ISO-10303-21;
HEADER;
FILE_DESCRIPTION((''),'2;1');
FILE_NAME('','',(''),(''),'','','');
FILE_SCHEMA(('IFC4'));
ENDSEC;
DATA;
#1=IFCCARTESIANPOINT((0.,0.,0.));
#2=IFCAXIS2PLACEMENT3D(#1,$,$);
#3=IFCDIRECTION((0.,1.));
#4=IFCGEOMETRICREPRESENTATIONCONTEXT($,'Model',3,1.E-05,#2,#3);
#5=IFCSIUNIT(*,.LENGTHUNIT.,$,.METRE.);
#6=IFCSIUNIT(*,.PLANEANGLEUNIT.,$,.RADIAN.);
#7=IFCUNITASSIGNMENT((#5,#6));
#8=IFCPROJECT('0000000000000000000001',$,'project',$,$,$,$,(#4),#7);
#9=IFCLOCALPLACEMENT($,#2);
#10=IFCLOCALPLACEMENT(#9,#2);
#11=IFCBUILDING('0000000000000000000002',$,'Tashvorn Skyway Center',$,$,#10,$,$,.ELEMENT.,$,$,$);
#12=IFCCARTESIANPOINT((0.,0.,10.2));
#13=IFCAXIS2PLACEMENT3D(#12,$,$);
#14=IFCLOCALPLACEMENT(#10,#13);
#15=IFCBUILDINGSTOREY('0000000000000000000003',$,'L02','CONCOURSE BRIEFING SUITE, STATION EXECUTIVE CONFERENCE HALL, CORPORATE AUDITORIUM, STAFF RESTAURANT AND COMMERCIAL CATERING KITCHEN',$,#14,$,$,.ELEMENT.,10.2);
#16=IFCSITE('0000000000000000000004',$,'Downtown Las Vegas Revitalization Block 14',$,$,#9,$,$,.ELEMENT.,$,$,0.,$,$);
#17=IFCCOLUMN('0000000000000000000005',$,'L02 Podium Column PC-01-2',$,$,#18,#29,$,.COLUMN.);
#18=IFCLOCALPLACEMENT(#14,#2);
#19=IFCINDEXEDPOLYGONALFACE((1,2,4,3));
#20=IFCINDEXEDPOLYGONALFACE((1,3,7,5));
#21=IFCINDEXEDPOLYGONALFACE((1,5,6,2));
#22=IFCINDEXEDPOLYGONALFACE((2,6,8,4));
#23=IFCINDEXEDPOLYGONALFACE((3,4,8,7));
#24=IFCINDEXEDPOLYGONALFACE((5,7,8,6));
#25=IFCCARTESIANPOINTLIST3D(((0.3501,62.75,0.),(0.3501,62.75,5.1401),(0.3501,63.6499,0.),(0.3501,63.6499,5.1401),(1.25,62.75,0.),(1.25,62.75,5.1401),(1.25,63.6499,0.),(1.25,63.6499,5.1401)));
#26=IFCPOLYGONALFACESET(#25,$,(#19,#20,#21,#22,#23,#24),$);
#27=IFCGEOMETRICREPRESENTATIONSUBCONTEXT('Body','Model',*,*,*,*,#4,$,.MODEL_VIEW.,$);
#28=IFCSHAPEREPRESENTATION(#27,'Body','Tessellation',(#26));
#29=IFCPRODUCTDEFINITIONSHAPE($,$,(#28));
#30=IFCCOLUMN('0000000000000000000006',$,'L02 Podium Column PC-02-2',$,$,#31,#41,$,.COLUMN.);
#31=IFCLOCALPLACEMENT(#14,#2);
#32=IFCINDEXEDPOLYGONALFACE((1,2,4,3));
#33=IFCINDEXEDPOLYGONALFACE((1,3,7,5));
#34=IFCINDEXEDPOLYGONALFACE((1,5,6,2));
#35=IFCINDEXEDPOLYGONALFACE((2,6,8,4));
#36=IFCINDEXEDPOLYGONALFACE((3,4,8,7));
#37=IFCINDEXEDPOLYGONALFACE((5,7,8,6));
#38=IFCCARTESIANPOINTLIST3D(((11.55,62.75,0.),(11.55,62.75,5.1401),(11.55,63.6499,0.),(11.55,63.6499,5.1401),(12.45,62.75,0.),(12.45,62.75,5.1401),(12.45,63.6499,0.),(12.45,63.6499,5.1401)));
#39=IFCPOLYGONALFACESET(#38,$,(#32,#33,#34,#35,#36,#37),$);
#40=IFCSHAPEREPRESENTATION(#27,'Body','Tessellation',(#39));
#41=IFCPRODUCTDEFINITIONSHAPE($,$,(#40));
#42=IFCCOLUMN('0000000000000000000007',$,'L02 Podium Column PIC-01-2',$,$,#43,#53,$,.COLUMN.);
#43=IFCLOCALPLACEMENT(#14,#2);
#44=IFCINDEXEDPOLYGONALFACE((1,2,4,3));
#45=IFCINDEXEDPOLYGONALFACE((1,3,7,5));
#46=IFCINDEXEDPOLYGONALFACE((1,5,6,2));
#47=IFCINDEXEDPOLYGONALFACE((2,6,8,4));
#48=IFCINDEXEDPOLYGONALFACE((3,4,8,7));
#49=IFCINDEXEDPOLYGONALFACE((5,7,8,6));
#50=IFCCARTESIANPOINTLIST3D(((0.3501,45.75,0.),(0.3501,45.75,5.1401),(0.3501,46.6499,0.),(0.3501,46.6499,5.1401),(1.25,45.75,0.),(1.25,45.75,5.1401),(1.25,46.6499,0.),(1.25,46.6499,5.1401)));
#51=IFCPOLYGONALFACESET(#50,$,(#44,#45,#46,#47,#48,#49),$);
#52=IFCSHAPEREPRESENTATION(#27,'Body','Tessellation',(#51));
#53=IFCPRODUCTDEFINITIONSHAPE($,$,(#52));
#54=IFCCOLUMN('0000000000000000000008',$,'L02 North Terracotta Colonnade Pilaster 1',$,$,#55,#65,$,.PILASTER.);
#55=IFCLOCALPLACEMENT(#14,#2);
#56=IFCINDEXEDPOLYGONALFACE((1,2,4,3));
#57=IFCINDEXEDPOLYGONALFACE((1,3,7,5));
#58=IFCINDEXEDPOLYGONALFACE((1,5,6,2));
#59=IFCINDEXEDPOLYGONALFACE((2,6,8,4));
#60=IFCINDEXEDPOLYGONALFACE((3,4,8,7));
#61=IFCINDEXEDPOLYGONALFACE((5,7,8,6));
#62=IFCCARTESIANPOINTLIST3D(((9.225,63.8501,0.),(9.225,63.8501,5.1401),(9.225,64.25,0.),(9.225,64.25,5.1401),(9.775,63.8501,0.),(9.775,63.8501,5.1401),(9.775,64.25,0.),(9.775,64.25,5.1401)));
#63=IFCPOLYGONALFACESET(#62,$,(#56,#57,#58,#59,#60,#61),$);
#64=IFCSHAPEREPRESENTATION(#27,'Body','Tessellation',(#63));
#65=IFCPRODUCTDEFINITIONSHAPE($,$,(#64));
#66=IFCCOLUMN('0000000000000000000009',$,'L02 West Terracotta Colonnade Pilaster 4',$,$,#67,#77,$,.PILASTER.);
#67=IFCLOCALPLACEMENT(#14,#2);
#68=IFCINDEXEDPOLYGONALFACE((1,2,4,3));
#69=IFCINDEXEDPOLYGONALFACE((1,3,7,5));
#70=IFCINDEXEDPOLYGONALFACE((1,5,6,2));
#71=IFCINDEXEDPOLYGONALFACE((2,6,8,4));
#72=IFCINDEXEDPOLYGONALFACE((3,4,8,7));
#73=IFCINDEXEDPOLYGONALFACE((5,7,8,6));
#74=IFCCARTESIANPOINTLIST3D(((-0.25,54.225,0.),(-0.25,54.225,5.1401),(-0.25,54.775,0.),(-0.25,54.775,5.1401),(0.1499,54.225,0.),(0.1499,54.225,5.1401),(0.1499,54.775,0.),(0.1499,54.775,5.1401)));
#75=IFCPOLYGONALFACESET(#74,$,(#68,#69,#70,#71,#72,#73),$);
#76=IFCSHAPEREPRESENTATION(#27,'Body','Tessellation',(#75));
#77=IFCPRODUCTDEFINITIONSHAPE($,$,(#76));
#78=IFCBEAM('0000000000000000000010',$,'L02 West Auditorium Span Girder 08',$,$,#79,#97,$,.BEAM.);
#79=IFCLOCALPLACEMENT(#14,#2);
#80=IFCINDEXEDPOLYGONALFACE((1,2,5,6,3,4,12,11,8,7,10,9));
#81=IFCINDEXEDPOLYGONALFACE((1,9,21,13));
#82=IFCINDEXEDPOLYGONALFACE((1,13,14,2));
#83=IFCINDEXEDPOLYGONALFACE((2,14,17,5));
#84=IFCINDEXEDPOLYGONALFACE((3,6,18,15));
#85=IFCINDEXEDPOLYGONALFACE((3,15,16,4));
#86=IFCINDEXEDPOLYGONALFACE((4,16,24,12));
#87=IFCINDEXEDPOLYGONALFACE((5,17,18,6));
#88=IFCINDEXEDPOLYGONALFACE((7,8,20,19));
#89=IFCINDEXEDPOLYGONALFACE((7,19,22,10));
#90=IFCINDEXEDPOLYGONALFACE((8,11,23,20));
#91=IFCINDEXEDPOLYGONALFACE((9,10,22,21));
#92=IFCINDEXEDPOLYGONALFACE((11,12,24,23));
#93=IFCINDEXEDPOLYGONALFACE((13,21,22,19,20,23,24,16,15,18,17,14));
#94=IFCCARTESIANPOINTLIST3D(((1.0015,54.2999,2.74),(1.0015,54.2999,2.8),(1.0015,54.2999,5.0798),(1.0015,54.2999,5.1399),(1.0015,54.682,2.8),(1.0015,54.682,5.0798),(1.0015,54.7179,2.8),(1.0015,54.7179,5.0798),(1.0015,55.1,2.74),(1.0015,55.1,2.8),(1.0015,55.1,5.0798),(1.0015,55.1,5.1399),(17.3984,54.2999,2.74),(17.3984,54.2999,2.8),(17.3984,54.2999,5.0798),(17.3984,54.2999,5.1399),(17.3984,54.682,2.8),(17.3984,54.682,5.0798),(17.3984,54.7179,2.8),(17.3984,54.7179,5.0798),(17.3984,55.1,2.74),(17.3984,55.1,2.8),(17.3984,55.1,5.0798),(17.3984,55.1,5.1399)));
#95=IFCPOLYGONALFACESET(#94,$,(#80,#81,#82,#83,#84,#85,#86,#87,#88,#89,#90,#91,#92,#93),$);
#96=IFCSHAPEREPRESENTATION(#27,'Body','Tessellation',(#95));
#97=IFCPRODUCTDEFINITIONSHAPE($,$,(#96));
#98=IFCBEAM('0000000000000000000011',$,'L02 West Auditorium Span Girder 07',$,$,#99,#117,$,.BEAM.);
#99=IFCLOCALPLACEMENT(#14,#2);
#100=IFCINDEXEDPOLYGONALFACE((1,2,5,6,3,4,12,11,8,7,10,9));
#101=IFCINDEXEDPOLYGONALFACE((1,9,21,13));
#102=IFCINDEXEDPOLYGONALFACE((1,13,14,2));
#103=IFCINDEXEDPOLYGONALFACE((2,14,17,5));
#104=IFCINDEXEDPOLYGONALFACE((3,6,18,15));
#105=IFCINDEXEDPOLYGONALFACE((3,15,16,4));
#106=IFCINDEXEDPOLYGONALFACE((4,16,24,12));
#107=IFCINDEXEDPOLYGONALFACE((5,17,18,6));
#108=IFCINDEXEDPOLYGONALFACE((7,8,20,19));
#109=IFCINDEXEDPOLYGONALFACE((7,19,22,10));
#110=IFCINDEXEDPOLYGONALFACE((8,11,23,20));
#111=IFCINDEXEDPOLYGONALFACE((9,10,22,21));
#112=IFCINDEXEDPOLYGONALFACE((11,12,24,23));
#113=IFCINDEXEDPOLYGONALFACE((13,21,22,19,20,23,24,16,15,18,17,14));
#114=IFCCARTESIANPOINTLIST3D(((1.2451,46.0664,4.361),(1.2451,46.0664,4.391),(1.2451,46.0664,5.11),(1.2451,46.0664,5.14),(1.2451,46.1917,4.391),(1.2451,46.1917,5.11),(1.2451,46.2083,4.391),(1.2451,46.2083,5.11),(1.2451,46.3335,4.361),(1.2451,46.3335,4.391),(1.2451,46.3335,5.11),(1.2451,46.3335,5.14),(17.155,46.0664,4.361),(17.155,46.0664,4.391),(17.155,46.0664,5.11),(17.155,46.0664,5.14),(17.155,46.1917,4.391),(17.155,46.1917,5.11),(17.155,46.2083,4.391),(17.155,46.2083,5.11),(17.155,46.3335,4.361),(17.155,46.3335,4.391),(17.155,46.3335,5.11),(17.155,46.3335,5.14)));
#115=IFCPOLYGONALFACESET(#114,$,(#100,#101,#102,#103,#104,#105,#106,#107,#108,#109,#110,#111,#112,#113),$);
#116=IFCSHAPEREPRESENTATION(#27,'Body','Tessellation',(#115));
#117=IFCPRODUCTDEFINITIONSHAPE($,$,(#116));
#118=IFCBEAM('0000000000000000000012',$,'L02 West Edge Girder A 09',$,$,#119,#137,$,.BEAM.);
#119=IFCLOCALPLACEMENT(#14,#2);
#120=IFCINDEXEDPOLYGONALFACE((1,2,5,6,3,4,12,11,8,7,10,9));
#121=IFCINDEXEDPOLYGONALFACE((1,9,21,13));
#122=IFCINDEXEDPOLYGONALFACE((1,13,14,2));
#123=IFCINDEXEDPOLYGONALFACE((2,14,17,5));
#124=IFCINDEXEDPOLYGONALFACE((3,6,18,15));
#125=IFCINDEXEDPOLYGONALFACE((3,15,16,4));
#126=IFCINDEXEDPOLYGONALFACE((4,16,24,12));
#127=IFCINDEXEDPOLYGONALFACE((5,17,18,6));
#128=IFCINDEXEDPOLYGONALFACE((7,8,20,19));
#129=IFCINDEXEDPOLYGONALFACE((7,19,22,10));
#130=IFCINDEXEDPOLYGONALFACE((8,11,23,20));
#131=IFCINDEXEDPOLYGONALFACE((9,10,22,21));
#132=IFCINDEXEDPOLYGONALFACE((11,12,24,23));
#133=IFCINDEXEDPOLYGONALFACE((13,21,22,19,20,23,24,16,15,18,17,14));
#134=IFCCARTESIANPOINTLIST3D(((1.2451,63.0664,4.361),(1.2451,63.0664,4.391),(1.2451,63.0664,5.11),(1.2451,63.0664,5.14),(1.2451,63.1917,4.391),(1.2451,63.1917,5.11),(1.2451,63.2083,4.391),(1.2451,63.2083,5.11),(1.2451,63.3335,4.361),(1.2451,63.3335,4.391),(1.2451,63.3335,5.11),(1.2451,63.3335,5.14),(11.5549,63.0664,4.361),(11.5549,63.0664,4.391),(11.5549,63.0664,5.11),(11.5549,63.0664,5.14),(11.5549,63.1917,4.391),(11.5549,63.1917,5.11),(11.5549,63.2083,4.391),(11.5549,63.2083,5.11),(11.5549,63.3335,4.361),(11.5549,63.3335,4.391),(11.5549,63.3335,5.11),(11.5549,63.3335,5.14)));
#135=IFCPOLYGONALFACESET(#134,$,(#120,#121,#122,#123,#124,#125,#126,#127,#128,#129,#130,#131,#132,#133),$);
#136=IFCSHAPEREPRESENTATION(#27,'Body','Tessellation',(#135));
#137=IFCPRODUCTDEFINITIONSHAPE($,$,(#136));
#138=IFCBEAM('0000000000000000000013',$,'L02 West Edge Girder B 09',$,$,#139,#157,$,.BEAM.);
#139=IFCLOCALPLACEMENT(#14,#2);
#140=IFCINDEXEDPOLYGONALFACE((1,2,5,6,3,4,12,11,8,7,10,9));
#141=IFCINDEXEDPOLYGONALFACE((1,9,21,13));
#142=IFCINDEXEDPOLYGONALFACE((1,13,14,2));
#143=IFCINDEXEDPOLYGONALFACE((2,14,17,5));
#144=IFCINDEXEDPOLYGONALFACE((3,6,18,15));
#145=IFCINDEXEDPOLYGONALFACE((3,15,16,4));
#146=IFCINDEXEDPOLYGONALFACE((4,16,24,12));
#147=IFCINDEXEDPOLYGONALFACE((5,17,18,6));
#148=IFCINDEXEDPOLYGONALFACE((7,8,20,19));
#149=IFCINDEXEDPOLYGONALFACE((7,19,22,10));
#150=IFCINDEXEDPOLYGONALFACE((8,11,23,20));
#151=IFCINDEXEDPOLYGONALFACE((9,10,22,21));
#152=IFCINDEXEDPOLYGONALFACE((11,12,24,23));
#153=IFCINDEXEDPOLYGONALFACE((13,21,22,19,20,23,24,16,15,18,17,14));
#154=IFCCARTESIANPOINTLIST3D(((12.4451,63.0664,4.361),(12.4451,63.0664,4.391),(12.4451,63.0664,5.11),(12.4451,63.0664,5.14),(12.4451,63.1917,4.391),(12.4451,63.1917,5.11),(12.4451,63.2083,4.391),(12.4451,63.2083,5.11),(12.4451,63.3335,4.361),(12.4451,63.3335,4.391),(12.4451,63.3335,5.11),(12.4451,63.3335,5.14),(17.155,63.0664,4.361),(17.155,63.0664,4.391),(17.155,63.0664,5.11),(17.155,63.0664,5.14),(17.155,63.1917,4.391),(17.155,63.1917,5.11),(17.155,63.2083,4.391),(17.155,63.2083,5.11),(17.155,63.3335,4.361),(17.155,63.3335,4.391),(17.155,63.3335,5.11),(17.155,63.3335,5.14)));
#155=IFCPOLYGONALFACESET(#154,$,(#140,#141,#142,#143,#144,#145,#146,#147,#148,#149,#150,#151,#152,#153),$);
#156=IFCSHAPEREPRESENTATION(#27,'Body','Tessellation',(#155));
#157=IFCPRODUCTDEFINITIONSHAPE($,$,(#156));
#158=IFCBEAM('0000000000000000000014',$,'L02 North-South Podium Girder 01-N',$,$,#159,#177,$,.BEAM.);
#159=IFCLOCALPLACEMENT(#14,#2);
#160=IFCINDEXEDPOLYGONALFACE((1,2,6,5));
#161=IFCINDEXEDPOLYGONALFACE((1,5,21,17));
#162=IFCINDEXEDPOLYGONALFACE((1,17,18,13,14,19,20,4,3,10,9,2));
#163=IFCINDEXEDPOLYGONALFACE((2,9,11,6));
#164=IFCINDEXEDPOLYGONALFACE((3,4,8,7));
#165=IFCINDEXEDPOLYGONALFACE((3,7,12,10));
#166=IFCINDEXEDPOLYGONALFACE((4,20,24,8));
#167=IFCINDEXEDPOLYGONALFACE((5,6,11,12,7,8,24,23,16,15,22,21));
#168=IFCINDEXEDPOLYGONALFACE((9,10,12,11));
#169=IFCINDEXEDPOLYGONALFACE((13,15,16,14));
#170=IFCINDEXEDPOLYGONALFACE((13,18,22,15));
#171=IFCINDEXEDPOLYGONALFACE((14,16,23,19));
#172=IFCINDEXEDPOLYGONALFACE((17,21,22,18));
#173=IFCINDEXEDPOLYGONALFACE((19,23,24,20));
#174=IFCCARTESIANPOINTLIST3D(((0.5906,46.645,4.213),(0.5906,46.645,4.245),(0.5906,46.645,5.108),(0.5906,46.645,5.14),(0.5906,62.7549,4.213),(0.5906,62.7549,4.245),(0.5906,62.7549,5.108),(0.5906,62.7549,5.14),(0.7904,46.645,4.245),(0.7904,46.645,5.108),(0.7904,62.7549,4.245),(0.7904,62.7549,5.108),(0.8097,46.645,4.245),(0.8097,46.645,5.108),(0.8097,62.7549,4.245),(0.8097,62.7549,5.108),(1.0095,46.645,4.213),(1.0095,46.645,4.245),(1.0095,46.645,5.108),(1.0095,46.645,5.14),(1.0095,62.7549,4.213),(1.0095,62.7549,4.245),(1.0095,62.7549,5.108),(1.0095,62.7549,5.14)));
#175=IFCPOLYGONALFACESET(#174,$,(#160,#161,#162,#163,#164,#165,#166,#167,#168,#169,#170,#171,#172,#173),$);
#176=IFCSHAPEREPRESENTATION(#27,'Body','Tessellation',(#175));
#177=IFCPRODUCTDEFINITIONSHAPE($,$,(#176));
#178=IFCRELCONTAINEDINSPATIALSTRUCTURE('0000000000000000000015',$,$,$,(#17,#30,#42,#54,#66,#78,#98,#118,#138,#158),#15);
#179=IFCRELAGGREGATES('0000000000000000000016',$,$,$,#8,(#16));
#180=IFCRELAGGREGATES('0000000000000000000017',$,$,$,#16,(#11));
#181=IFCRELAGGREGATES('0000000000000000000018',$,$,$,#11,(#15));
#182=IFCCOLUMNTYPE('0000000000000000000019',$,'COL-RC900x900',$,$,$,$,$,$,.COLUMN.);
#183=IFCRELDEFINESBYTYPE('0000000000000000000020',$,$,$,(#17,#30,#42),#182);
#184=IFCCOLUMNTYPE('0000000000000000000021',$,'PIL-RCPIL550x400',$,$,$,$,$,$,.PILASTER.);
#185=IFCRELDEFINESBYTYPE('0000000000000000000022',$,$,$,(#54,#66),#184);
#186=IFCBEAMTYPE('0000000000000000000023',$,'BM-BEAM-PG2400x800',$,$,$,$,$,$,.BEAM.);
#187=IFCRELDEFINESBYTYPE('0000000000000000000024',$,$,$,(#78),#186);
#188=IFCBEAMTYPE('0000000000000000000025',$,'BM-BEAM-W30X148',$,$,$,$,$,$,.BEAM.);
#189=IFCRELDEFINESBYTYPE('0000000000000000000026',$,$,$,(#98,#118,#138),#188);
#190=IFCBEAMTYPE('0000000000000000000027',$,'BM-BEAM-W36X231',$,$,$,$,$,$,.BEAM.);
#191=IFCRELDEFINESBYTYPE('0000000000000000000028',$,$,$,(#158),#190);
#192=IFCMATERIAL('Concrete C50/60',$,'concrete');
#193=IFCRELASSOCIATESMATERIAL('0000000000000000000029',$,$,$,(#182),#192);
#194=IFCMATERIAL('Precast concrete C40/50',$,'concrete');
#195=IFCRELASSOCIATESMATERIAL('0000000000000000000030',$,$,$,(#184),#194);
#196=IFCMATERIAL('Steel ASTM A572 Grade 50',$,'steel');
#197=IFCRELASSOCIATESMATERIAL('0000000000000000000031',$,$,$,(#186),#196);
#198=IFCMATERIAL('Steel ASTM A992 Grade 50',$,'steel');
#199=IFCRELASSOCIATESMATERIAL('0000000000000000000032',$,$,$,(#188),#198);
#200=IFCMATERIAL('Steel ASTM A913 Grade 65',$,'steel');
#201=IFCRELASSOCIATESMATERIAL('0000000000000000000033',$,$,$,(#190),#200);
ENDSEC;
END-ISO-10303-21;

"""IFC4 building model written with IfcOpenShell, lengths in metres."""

from ifc_helpers import new_model, si_unit, direction, frame, origin, origin_2d, place, context, subcontext, project, spatial, rectangle, i_section, extrude, material, material_profile, profile_set, type_object, element, save


model = new_model("IFC4")

# Units and contexts
model_context = context("Model", 3, precision=1e-05, world=origin(), true_north=direction((0.0, 1.0)))
body_context = subcontext(model_context, "Body", "Model", "MODEL_VIEW")
ifc_project = project(units=[si_unit("LENGTHUNIT", "METRE"), si_unit("PLANEANGLEUNIT", "RADIAN")], contexts=[model_context])

# Site, building, storey
site_placement = place(None, origin())
site = spatial("IfcSite", under=ifc_project, at=site_placement, Name="Downtown Las Vegas Revitalization Block 14", CompositionType="ELEMENT", RefElevation=0.0)
building_placement = place(site_placement, origin())
building = spatial("IfcBuilding", under=site, at=building_placement, Name="Tashvorn Skyway Center", CompositionType="ELEMENT")
storey_placement = place(building_placement, frame((0.0, 0.0, 10.2)))
storey = spatial("IfcBuildingStorey", under=building, at=storey_placement, Name="L02", Description="CONCOURSE BRIEFING SUITE, STATION EXECUTIVE CONFERENCE HALL, CORPORATE AUDITORIUM, STAFF RESTAURANT AND COMMERCIAL CATERING KITCHEN", CompositionType="ELEMENT", Elevation=10.2)

# Columns
ifc_material_1 = material(Name="Concrete C50/60", Category="concrete")
ifc_material_profile_1 = material_profile(ifc_material_1, rectangle(XDim=0.8999, YDim=0.8999, at=origin_2d()), Name="RC900x900")
ifc_profile_set_1 = profile_set([ifc_material_profile_1], Name="Concrete C50/60")
column_type_1 = type_object("IfcColumnType", Name="COL-RC900x900", PredefinedType="COLUMN", material=ifc_profile_set_1)
for number, where, z_axis, x_axis, name in (
    (1, (0.8, 63.2, 0.0), (0.0, 0.0, 1.0), (1.0, 0.0, 0.0), "L02 Podium Column PC-01-2"),
    (2, (12.0, 63.2, 0.0), (0.0, 0.0, 1.0), (1.0, 0.0, 0.0), "L02 Podium Column PC-02-2"),
    (3, (0.8, 46.2, 0.0), (0.0, 0.0, 1.0), (1.0, 0.0, 0.0), "L02 Podium Column PIC-01-2"),
):
    element("IfcColumn", number, at=place(storey_placement, frame(where, z_axis=z_axis, x_axis=x_axis)), inside=storey, type_object=column_type_1, Name=name, PredefinedType="COLUMN", context=body_context, shape_type="SweptSolid", body=[
        extrude(rectangle(XDim=0.8999, YDim=0.8999, at=origin_2d()), origin(), (0.0, 0.0, 1.0), 5.1401),
    ])
ifc_material_2 = material(Name="Precast concrete C40/50", Category="concrete")
ifc_material_profile_2 = material_profile(ifc_material_2, rectangle(XDim=0.55, YDim=0.3999, at=origin_2d()), Name="RCPIL550x400")
ifc_profile_set_2 = profile_set([ifc_material_profile_2], Name="Precast concrete C40/50")
column_type_2 = type_object("IfcColumnType", Name="PIL-RCPIL550x400", PredefinedType="PILASTER", material=ifc_profile_set_2)
for number, where, z_axis, x_axis, name in (
    (4, (9.5, 64.05, 0.0), (0.0, 0.0, 1.0), (1.0, 0.0, 0.0), "L02 North Terracotta Colonnade Pilaster 1"),
    (5, (-0.05, 54.5, 0.0), (0.0, 0.0, 1.0), (0.0, 1.0, 0.0), "L02 West Terracotta Colonnade Pilaster 4"),
):
    element("IfcColumn", number, at=place(storey_placement, frame(where, z_axis=z_axis, x_axis=x_axis)), inside=storey, type_object=column_type_2, Name=name, PredefinedType="PILASTER", context=body_context, shape_type="SweptSolid", body=[
        extrude(rectangle(XDim=0.55, YDim=0.3999, at=origin_2d()), origin(), (0.0, 0.0, 1.0), 5.1401),
    ])

# Beams
ifc_material_3 = material(Name="Steel ASTM A572 Grade 50", Category="steel")
ifc_material_profile_3 = material_profile(ifc_material_3, i_section(OverallWidth=0.8, OverallDepth=2.3999, WebThickness=0.0359, FlangeThickness=0.0601, at=origin_2d()), Name="PG2400x800")
ifc_profile_set_3 = profile_set([ifc_material_profile_3], Name="Steel ASTM A572 Grade 50")
beam_type_1 = type_object("IfcBeamType", Name="BM-BEAM-PG2400x800", PredefinedType="BEAM", material=ifc_profile_set_3)
beam_1_placement = place(storey_placement, frame((1.0015, 54.7, 3.9399), z_axis=(1.0, 0.0, 0.0), x_axis=(0.0, 1.0, 0.0)))
element("IfcBeam", 6, at=beam_1_placement, inside=storey, type_object=beam_type_1, Name="L02 West Auditorium Span Girder 08", PredefinedType="BEAM", context=body_context, shape_type="SweptSolid", body=[
    extrude(i_section(OverallWidth=0.8, OverallDepth=2.3999, WebThickness=0.0359, FlangeThickness=0.0601, at=origin_2d()), origin(), (0.0, 0.0, 1.0), 16.397),
])
ifc_material_4 = material(Name="Steel ASTM A992 Grade 50", Category="steel")
ifc_material_profile_4 = material_profile(ifc_material_4, i_section(OverallWidth=0.2671, OverallDepth=0.7791, WebThickness=0.0166, FlangeThickness=0.03, at=origin_2d()), Name="W30X148")
ifc_profile_set_4 = profile_set([ifc_material_profile_4], Name="Steel ASTM A992 Grade 50")
beam_type_2 = type_object("IfcBeamType", Name="BM-BEAM-W30X148", PredefinedType="BEAM", material=ifc_profile_set_4)
beam_2_placement = place(storey_placement, frame((1.2451, 46.2, 4.7505), z_axis=(1.0, 0.0, 0.0), x_axis=(0.0, 1.0, 0.0)))
element("IfcBeam", 7, at=beam_2_placement, inside=storey, type_object=beam_type_2, Name="L02 West Auditorium Span Girder 07", PredefinedType="BEAM", context=body_context, shape_type="SweptSolid", body=[
    extrude(i_section(OverallWidth=0.2671, OverallDepth=0.7791, WebThickness=0.0166, FlangeThickness=0.03, at=origin_2d()), origin(), (0.0, 0.0, 1.0), 15.9099),
])
beam_3_placement = place(storey_placement, frame((1.2451, 63.2, 4.7505), z_axis=(1.0, 0.0, 0.0), x_axis=(0.0, 1.0, 0.0)))
element("IfcBeam", 8, at=beam_3_placement, inside=storey, type_object=beam_type_2, Name="L02 West Edge Girder A 09", PredefinedType="BEAM", context=body_context, shape_type="SweptSolid", body=[
    extrude(i_section(OverallWidth=0.2671, OverallDepth=0.7791, WebThickness=0.0166, FlangeThickness=0.03, at=origin_2d()), origin(), (0.0, 0.0, 1.0), 10.3098),
])
beam_4_placement = place(storey_placement, frame((12.4451, 63.2, 4.7505), z_axis=(1.0, 0.0, 0.0), x_axis=(0.0, 1.0, 0.0)))
element("IfcBeam", 9, at=beam_4_placement, inside=storey, type_object=beam_type_2, Name="L02 West Edge Girder B 09", PredefinedType="BEAM", context=body_context, shape_type="SweptSolid", body=[
    extrude(i_section(OverallWidth=0.2671, OverallDepth=0.7791, WebThickness=0.0166, FlangeThickness=0.03, at=origin_2d()), origin(), (0.0, 0.0, 1.0), 4.71),
])
ifc_material_5 = material(Name="Steel ASTM A913 Grade 65", Category="steel")
ifc_material_profile_5 = material_profile(ifc_material_5, i_section(OverallWidth=0.4189, OverallDepth=0.927, WebThickness=0.0193, FlangeThickness=0.032, at=origin_2d()), Name="W36X231")
ifc_profile_set_5 = profile_set([ifc_material_profile_5], Name="Steel ASTM A913 Grade 65")
beam_type_3 = type_object("IfcBeamType", Name="BM-BEAM-W36X231", PredefinedType="BEAM", material=ifc_profile_set_5)
beam_5_placement = place(storey_placement, frame((0.8, 46.645, 4.6765), z_axis=(0.0, 1.0, 0.0), x_axis=(-1.0, 0.0, 0.0)))
element("IfcBeam", 10, at=beam_5_placement, inside=storey, type_object=beam_type_3, Name="L02 North-South Podium Girder 01-N", PredefinedType="BEAM", context=body_context, shape_type="SweptSolid", body=[
    extrude(i_section(OverallWidth=0.4189, OverallDepth=0.927, WebThickness=0.0193, FlangeThickness=0.032, at=origin_2d()), origin(), (0.0, 0.0, 1.0), 16.1099),
])

save(model, "model.ifc")
